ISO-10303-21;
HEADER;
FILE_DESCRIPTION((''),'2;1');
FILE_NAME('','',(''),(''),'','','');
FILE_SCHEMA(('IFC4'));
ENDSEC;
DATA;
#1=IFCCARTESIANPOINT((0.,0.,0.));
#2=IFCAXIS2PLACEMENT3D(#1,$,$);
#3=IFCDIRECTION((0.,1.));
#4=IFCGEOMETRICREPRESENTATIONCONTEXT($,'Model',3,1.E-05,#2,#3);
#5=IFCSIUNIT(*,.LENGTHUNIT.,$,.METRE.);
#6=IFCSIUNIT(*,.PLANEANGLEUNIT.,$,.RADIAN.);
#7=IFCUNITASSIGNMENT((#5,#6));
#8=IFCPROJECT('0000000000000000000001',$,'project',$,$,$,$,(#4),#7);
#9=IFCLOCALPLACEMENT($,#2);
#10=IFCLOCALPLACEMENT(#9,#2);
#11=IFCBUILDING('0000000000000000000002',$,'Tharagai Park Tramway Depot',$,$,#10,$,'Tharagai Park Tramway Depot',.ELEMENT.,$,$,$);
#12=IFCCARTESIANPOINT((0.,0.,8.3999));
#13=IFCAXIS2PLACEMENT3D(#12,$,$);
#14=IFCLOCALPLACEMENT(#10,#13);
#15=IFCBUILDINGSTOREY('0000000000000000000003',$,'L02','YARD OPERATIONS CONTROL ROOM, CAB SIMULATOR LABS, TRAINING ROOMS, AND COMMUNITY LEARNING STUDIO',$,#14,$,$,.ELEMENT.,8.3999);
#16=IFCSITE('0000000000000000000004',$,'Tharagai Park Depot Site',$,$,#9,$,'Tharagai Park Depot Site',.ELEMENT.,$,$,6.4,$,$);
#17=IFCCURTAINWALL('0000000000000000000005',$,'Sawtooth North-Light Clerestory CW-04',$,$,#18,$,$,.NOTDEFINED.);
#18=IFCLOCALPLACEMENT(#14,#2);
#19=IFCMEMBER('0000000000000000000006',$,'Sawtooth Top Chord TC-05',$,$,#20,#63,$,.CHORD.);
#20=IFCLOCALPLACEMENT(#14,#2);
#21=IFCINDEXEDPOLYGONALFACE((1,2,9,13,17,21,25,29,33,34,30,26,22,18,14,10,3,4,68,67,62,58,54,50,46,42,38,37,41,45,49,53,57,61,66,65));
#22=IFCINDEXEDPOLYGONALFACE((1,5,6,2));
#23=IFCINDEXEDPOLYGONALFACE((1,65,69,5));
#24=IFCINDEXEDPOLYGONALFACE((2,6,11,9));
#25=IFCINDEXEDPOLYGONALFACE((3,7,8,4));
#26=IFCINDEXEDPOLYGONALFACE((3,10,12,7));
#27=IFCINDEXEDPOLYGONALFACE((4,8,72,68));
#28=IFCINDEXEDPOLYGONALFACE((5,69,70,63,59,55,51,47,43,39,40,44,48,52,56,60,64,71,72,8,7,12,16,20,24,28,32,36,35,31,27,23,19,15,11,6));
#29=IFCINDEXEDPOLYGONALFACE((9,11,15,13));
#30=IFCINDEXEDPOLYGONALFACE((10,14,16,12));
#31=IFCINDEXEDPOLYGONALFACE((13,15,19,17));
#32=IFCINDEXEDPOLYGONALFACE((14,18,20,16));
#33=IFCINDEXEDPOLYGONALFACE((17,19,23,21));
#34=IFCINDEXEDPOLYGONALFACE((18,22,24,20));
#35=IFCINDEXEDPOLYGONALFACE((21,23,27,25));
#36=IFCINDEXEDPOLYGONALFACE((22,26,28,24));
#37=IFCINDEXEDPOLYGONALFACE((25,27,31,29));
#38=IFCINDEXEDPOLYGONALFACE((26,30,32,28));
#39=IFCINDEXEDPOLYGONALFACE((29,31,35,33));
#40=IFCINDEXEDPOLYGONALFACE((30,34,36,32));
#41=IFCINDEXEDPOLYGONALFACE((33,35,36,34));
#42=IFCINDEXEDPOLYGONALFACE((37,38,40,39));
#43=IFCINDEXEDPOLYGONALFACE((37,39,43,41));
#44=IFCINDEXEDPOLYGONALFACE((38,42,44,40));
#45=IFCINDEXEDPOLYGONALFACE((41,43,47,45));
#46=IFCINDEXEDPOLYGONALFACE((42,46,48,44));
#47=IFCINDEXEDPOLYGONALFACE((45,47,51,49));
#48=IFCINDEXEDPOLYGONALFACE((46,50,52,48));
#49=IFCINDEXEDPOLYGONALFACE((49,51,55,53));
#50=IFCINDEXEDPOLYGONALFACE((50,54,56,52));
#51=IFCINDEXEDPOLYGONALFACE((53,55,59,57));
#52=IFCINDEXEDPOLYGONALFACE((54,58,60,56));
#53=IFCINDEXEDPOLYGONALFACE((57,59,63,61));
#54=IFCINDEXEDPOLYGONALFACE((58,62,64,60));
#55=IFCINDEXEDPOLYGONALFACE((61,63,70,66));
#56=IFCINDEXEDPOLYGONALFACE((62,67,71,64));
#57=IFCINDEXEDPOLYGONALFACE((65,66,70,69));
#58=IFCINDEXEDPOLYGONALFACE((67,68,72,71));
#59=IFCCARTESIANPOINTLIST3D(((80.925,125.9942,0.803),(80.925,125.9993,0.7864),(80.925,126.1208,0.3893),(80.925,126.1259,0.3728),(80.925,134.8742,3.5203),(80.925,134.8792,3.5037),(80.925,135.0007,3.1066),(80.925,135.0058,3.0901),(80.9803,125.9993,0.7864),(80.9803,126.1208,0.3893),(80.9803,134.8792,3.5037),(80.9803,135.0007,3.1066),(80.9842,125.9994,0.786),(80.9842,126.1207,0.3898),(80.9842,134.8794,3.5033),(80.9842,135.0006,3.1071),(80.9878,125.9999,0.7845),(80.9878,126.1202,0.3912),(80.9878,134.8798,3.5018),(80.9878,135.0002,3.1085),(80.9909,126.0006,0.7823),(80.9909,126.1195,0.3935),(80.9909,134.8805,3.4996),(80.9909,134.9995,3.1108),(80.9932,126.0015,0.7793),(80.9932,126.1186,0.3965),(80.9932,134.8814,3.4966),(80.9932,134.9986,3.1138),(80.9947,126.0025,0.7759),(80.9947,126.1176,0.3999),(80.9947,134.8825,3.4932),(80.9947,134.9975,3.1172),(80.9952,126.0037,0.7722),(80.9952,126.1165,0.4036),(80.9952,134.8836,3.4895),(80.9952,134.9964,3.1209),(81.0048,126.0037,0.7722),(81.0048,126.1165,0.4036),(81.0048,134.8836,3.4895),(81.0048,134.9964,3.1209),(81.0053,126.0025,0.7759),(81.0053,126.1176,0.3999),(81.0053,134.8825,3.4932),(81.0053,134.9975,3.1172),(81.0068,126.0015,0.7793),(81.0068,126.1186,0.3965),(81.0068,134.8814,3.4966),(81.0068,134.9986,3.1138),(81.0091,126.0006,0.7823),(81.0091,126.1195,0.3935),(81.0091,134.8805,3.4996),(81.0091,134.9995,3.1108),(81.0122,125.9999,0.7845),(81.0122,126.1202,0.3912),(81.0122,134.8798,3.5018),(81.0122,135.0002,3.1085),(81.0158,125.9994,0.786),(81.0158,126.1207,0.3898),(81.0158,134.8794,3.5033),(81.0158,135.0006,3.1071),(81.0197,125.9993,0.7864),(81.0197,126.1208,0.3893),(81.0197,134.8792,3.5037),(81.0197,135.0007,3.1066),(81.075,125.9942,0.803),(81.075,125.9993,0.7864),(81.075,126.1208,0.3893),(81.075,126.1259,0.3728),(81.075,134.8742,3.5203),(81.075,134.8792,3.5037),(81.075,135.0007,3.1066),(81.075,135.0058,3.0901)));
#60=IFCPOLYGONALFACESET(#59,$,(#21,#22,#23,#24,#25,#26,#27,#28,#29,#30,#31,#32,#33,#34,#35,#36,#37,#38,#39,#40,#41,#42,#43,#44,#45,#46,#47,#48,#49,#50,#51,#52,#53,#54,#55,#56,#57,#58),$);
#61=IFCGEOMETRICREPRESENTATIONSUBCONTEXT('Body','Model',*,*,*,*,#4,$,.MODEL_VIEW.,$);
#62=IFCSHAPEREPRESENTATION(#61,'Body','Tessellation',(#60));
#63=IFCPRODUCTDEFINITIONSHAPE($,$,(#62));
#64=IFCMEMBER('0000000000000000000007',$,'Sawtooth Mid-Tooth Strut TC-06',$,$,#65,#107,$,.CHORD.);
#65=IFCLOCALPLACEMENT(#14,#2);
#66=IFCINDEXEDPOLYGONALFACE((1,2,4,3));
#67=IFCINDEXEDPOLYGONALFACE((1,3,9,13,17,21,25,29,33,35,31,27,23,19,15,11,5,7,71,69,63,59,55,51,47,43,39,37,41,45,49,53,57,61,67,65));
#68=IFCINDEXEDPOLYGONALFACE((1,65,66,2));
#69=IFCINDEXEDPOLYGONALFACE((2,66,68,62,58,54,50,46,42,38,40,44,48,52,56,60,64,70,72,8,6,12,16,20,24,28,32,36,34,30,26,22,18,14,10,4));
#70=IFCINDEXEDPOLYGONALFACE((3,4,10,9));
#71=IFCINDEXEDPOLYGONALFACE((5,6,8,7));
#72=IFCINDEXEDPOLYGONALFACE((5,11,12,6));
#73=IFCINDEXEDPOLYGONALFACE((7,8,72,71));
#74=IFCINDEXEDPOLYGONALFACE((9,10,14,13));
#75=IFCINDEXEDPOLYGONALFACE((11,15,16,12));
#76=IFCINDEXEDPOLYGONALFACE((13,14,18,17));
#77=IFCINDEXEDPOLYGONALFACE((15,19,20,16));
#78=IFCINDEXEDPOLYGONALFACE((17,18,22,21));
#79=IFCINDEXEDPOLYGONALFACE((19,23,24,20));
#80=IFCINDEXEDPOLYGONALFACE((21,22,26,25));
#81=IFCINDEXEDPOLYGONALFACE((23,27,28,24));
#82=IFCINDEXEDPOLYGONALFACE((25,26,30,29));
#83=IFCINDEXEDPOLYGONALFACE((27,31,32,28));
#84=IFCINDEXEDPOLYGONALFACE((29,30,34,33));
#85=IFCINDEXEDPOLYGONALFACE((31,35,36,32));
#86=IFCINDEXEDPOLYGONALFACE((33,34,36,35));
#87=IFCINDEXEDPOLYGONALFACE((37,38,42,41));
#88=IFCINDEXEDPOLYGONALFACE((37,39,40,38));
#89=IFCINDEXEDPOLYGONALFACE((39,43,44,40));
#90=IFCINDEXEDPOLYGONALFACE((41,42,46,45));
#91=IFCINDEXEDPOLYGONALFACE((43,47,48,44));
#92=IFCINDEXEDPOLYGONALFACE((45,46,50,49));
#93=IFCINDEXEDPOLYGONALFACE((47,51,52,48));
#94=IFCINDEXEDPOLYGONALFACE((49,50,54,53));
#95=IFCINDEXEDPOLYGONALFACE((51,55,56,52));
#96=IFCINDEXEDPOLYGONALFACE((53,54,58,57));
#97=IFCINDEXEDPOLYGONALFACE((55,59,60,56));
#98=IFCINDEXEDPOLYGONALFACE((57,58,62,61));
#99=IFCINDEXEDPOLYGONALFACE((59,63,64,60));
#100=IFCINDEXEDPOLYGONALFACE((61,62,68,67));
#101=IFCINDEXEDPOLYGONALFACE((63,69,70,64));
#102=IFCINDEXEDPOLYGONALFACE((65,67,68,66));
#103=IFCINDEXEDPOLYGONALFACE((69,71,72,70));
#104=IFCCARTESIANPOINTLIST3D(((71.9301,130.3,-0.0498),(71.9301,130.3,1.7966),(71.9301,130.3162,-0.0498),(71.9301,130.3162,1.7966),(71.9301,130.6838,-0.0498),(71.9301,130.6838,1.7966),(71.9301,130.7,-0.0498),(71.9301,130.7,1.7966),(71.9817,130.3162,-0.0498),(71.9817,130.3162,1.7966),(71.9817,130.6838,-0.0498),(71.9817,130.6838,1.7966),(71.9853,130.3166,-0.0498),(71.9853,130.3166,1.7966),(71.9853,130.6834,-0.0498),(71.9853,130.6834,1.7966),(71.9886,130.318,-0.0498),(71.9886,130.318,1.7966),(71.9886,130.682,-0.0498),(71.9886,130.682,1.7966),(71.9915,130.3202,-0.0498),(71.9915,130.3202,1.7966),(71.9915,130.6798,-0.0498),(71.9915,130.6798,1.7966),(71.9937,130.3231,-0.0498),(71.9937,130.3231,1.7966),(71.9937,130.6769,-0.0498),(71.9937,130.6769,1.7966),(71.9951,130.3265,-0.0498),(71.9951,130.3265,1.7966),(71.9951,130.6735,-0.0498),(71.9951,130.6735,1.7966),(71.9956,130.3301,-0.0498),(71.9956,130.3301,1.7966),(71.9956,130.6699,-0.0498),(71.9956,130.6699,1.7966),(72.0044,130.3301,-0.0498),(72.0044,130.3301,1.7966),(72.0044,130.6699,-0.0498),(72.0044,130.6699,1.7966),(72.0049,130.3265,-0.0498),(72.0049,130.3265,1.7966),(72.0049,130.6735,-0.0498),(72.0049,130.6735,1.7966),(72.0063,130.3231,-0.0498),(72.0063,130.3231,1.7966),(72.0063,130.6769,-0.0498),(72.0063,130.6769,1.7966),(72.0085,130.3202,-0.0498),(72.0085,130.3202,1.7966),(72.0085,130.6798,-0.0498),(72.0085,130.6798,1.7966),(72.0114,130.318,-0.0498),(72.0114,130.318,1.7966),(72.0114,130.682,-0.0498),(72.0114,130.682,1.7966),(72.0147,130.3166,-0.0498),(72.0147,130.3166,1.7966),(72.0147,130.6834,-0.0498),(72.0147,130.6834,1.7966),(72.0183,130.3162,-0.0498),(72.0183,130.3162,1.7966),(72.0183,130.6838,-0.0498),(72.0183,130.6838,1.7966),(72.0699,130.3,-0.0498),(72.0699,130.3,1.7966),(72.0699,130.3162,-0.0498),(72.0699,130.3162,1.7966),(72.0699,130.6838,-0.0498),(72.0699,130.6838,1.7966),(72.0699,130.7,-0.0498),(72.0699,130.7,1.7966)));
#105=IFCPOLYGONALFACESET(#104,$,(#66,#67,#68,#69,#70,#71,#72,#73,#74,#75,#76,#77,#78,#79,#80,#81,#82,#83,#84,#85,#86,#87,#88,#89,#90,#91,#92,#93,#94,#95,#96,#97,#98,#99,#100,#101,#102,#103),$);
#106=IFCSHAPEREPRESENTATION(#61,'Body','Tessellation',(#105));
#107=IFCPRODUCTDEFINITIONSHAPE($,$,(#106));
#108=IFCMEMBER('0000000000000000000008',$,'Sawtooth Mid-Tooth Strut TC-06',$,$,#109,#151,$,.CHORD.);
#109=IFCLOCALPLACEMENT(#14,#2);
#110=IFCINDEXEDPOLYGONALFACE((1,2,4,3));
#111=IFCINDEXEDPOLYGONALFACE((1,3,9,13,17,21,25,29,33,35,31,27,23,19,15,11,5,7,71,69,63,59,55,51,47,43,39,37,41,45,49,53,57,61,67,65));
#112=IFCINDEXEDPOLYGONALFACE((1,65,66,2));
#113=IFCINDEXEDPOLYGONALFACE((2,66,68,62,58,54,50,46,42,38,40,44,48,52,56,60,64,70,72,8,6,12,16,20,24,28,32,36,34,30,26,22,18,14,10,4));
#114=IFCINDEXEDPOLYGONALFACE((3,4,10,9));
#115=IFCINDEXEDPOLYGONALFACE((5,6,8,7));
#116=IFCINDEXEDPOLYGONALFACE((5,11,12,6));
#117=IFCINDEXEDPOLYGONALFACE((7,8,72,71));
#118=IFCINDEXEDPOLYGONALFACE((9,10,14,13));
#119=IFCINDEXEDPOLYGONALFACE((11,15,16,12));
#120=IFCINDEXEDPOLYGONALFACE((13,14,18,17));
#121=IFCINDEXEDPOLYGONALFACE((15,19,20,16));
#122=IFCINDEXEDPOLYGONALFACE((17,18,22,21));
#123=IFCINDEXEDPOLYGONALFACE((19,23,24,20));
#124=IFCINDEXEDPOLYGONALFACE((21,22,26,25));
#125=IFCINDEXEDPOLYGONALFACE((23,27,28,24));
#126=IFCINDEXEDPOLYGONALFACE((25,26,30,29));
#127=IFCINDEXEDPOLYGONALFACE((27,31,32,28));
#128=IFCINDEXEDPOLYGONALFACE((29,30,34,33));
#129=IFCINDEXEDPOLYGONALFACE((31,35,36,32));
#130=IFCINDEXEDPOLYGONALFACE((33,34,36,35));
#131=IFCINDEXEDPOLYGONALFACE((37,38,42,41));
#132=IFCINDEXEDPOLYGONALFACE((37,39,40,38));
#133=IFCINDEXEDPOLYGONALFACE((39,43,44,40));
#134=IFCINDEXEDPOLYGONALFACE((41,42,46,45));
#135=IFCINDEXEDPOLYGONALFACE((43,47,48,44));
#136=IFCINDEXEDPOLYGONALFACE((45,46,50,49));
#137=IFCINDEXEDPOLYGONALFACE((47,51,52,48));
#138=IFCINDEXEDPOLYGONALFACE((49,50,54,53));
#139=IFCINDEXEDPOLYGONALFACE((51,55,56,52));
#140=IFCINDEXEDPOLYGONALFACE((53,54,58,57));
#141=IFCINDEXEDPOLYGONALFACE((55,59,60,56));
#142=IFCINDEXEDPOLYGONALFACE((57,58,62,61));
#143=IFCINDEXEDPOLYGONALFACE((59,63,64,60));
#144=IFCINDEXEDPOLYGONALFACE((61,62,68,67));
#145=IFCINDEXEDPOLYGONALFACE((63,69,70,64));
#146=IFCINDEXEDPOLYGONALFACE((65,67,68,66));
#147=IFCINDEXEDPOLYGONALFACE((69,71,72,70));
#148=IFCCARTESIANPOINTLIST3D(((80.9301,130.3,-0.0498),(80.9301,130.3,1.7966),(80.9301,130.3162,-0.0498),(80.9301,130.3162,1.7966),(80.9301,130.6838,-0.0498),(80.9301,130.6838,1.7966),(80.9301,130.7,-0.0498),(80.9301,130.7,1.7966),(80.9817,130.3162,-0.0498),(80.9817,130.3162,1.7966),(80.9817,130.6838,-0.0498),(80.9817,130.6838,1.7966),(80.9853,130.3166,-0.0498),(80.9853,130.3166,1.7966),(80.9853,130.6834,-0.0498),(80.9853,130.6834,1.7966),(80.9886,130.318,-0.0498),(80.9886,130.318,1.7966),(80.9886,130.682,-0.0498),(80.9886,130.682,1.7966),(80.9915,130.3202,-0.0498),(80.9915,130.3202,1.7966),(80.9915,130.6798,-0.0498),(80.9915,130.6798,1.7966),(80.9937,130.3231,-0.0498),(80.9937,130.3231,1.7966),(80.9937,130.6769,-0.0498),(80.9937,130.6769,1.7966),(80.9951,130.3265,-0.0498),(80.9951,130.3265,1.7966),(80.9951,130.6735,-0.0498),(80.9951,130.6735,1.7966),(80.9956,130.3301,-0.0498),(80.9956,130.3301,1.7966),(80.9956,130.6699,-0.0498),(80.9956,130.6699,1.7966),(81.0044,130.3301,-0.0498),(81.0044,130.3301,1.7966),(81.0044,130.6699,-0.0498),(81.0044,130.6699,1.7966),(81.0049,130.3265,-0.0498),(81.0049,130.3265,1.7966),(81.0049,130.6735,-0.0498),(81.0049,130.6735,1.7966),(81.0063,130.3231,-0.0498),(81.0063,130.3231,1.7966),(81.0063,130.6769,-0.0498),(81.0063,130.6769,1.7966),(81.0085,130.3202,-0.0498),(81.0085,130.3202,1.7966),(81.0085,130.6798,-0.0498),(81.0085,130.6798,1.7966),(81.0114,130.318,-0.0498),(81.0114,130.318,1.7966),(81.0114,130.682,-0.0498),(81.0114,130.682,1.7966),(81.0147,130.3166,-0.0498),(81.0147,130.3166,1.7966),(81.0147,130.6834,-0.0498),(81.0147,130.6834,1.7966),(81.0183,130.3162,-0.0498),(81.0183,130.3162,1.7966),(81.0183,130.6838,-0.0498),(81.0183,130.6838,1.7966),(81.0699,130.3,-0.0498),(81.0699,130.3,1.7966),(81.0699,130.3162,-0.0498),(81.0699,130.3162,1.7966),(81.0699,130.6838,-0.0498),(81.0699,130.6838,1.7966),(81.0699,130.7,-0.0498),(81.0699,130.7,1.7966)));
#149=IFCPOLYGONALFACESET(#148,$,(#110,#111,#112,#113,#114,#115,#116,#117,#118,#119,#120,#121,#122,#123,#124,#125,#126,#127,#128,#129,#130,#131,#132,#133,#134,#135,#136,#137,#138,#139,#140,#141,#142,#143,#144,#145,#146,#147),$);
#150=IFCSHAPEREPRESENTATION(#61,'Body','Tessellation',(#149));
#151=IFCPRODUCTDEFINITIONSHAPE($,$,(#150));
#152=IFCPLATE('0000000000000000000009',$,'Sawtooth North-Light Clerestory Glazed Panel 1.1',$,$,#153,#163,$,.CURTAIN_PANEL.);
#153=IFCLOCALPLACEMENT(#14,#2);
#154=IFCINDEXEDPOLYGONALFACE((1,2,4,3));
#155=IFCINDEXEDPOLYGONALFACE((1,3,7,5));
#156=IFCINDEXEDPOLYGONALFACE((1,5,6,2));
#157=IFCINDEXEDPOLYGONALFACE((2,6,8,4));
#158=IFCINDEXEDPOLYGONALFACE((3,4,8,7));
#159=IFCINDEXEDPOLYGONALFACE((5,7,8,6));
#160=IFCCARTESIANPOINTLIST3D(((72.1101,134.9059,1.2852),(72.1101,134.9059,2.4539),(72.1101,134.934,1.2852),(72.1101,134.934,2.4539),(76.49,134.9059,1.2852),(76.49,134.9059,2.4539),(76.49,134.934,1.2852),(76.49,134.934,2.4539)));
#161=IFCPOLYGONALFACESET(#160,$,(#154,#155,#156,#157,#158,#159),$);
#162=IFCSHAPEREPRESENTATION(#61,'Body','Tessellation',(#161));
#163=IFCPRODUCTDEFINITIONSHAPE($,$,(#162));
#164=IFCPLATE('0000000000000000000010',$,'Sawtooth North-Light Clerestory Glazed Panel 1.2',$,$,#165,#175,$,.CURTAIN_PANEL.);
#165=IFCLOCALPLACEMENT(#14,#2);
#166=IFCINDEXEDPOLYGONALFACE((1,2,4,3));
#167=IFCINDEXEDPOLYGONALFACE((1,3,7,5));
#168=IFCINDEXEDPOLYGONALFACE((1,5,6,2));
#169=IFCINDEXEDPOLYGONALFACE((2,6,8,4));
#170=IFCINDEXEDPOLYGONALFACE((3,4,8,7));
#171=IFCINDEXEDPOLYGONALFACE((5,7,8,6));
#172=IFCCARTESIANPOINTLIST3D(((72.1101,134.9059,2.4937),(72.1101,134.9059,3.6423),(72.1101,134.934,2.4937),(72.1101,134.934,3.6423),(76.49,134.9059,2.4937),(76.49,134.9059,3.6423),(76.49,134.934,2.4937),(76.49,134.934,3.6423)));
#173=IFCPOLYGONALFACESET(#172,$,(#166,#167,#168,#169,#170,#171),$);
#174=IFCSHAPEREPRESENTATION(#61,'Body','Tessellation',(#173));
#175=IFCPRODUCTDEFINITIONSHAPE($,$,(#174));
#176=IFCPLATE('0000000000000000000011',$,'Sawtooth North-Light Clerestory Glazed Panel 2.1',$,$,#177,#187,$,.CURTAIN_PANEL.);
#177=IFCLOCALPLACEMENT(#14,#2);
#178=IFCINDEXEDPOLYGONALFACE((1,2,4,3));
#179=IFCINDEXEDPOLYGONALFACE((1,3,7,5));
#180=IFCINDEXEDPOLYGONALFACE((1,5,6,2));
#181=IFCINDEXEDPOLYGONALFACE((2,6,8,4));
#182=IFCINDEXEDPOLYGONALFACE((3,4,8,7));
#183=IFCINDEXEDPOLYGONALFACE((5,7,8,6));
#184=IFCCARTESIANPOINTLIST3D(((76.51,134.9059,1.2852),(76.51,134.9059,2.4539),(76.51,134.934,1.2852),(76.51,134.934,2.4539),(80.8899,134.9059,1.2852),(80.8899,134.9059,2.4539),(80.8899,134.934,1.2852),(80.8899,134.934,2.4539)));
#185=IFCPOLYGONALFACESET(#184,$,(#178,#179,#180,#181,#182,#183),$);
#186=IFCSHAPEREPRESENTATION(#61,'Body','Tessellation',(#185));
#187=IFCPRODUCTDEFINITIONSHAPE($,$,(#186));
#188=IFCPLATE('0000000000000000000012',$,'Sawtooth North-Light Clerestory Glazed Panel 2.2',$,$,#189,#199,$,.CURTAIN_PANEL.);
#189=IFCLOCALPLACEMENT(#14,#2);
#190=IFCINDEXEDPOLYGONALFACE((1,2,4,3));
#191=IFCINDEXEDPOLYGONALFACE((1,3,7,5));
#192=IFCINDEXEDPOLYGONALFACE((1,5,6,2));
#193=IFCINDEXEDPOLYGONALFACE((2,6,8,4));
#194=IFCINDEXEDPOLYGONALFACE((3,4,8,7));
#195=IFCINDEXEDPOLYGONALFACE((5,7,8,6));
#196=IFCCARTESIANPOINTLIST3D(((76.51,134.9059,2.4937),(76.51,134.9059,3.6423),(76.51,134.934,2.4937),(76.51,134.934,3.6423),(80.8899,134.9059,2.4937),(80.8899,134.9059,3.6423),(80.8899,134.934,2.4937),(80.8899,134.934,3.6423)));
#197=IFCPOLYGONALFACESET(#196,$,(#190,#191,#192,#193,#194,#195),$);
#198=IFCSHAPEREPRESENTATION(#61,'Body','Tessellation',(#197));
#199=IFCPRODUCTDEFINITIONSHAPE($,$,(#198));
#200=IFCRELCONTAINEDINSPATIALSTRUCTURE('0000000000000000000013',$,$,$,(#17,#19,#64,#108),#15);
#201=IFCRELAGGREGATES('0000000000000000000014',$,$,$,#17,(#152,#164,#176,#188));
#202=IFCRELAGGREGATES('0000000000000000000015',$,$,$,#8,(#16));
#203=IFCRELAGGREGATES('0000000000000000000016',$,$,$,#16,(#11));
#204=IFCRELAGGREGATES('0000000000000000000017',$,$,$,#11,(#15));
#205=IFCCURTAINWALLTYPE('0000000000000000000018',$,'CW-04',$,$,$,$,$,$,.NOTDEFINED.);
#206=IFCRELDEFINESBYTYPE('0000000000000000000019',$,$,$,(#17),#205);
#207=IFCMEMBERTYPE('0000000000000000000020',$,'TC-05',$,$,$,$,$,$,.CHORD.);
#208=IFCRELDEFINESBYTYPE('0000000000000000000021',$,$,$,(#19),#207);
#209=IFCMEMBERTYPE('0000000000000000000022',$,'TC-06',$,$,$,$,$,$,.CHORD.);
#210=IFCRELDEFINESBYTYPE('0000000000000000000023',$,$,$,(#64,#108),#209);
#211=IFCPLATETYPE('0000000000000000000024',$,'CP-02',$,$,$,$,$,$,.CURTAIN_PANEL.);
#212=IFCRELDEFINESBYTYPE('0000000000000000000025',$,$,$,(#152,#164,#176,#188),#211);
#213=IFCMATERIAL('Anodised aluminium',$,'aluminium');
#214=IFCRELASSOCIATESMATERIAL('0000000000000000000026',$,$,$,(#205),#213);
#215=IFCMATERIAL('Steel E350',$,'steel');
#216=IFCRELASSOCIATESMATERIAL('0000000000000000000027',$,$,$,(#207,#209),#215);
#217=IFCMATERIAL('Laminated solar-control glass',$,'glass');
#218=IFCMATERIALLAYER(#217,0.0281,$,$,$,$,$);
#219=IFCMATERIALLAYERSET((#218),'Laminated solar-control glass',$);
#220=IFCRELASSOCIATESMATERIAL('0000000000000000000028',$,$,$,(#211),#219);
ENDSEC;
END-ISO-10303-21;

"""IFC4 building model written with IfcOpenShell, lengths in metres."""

from ifc_helpers import new_model, si_unit, direction, frame, origin, origin_2d, place, context, subcontext, project, spatial, rectangle, i_section, extrude, material, layer, layer_set, material_profile, profile_set, type_object, element, aggregate, save


model = new_model("IFC4")

# Units and contexts
model_context = context("Model", 3, precision=1e-05, world=origin(), true_north=direction((0.0, 1.0)))
body_context = subcontext(model_context, "Body", "Model", "MODEL_VIEW")
ifc_project = project(units=[si_unit("LENGTHUNIT", "METRE"), si_unit("PLANEANGLEUNIT", "RADIAN")], contexts=[model_context])

# Site, building, storey
site_placement = place(None, origin())
site = spatial("IfcSite", under=ifc_project, at=site_placement, Name="Tharagai Park Depot Site", LongName="Tharagai Park Depot Site", CompositionType="ELEMENT", RefElevation=6.4)
building_placement = place(site_placement, origin())
building = spatial("IfcBuilding", under=site, at=building_placement, Name="Tharagai Park Tramway Depot", LongName="Tharagai Park Tramway Depot", CompositionType="ELEMENT")
storey_placement = place(building_placement, frame((0.0, 0.0, 8.3999)))
storey = spatial("IfcBuildingStorey", under=building, at=storey_placement, Name="L02", Description="YARD OPERATIONS CONTROL ROOM, CAB SIMULATOR LABS, TRAINING ROOMS, AND COMMUNITY LEARNING STUDIO", CompositionType="ELEMENT", Elevation=8.3999)

# Shared definitions
ifc_material_1 = material(Name="Steel E350", Category="steel")

# Curtain wall
ifc_material_2 = material(Name="Anodised aluminium", Category="aluminium")
curtain_wall_type = type_object("IfcCurtainWallType", Name="CW-04", PredefinedType="NOTDEFINED", material=ifc_material_2)
curtain_wall_placement = place(storey_placement, origin())
curtain_wall = element("IfcCurtainWall", 1, at=curtain_wall_placement, inside=storey, type_object=curtain_wall_type, Name="Sawtooth North-Light Clerestory CW-04", PredefinedType="NOTDEFINED")

# Members
ifc_material_profile_1 = material_profile(ifc_material_1, i_section(OverallWidth=0.1499, OverallDepth=0.45, WebThickness=0.0095, FlangeThickness=0.0173, FilletRadius=0.0149, at=origin_2d()), Name="ISMB 450")
ifc_profile_set_1 = profile_set([ifc_material_profile_1], Name="Steel E350")
member_type_1 = type_object("IfcMemberType", Name="TC-05", PredefinedType="CHORD", material=ifc_profile_set_1)
for number, where, z_axis, x_axis, name in (
    (2, (81.0, 126.0601, 0.5879), (0.0, 0.956231, 0.292611), (-1.0, 0.0, 0.0), "Sawtooth Top Chord TC-05"),
):
    element("IfcMember", number, at=place(storey_placement, frame(where, z_axis=z_axis, x_axis=x_axis)), inside=storey, type_object=member_type_1, Name=name, PredefinedType="CHORD", context=body_context, shape_type="SweptSolid", body=[
        extrude(i_section(OverallWidth=0.1499, OverallDepth=0.45, WebThickness=0.0095, FlangeThickness=0.0173, FilletRadius=0.0149, at=origin_2d()), origin(), (0.0, 0.0, 1.0), 9.2864),
    ])
ifc_material_profile_2 = material_profile(ifc_material_1, i_section(OverallWidth=0.1399, OverallDepth=0.3999, WebThickness=0.0088, FlangeThickness=0.0161, FilletRadius=0.0139, at=origin_2d()), Name="ISMB 400")
ifc_profile_set_2 = profile_set([ifc_material_profile_2], Name="Steel E350")
member_type_2 = type_object("IfcMemberType", Name="TC-06", PredefinedType="CHORD", material=ifc_profile_set_2)
for number, where, z_axis, x_axis, name in (
    (3, (72.0, 130.5, -0.0498), (0.0, 0.0, 1.0), (1.0, 0.0, 0.0), "Sawtooth Mid-Tooth Strut TC-06"),
    (4, (81.0, 130.5, -0.0498), (0.0, 0.0, 1.0), (1.0, 0.0, 0.0), "Sawtooth Mid-Tooth Strut TC-06"),
):
    element("IfcMember", number, at=place(storey_placement, frame(where, z_axis=z_axis, x_axis=x_axis)), inside=storey, type_object=member_type_2, Name=name, PredefinedType="CHORD", context=body_context, shape_type="SweptSolid", body=[
        extrude(i_section(OverallWidth=0.1399, OverallDepth=0.3999, WebThickness=0.0088, FlangeThickness=0.0161, FilletRadius=0.0139, at=origin_2d()), origin(), (0.0, 0.0, 1.0), 1.8464),
    ])

# Plates
ifc_material_3 = material(Name="Laminated solar-control glass", Category="glass")
ifc_layer_1 = layer(ifc_material_3, 0.0281)
ifc_layer_set_1 = layer_set([ifc_layer_1], Name="Laminated solar-control glass")
plate_type = type_object("IfcPlateType", Name="CP-02", PredefinedType="CURTAIN_PANEL", material=ifc_layer_set_1)
plate_1_placement = place(storey_placement, frame((74.3, 134.9199, 1.2852), z_axis=(0.0, 0.0, 1.0), x_axis=(1.0, 0.0, 0.0)))
plate_1 = element("IfcPlate", 5, at=plate_1_placement, type_object=plate_type, Name="Sawtooth North-Light Clerestory Glazed Panel 1.1", PredefinedType="CURTAIN_PANEL", context=body_context, shape_type="SweptSolid", body=[
    extrude(rectangle(XDim=4.3799, YDim=0.0281, at=origin_2d()), origin(), (0.0, 0.0, 1.0), 1.1687),
])
plate_2_placement = place(storey_placement, frame((74.3, 134.9199, 2.4937), z_axis=(0.0, 0.0, 1.0), x_axis=(1.0, 0.0, 0.0)))
plate_2 = element("IfcPlate", 6, at=plate_2_placement, type_object=plate_type, Name="Sawtooth North-Light Clerestory Glazed Panel 1.2", PredefinedType="CURTAIN_PANEL", context=body_context, shape_type="SweptSolid", body=[
    extrude(rectangle(XDim=4.3799, YDim=0.0281, at=origin_2d()), origin(), (0.0, 0.0, 1.0), 1.1487),
])
plate_3_placement = place(storey_placement, frame((78.7, 134.9199, 1.2852), z_axis=(0.0, 0.0, 1.0), x_axis=(1.0, 0.0, 0.0)))
plate_3 = element("IfcPlate", 7, at=plate_3_placement, type_object=plate_type, Name="Sawtooth North-Light Clerestory Glazed Panel 2.1", PredefinedType="CURTAIN_PANEL", context=body_context, shape_type="SweptSolid", body=[
    extrude(rectangle(XDim=4.3799, YDim=0.0281, at=origin_2d()), origin(), (0.0, 0.0, 1.0), 1.1687),
])
plate_4_placement = place(storey_placement, frame((78.7, 134.9199, 2.4937), z_axis=(0.0, 0.0, 1.0), x_axis=(1.0, 0.0, 0.0)))
plate_4 = element("IfcPlate", 8, at=plate_4_placement, type_object=plate_type, Name="Sawtooth North-Light Clerestory Glazed Panel 2.2", PredefinedType="CURTAIN_PANEL", context=body_context, shape_type="SweptSolid", body=[
    extrude(rectangle(XDim=4.3799, YDim=0.0281, at=origin_2d()), origin(), (0.0, 0.0, 1.0), 1.1487),
])
aggregate(curtain_wall, [plate_1, plate_2, plate_3, plate_4])

save(model, "model.ifc")
